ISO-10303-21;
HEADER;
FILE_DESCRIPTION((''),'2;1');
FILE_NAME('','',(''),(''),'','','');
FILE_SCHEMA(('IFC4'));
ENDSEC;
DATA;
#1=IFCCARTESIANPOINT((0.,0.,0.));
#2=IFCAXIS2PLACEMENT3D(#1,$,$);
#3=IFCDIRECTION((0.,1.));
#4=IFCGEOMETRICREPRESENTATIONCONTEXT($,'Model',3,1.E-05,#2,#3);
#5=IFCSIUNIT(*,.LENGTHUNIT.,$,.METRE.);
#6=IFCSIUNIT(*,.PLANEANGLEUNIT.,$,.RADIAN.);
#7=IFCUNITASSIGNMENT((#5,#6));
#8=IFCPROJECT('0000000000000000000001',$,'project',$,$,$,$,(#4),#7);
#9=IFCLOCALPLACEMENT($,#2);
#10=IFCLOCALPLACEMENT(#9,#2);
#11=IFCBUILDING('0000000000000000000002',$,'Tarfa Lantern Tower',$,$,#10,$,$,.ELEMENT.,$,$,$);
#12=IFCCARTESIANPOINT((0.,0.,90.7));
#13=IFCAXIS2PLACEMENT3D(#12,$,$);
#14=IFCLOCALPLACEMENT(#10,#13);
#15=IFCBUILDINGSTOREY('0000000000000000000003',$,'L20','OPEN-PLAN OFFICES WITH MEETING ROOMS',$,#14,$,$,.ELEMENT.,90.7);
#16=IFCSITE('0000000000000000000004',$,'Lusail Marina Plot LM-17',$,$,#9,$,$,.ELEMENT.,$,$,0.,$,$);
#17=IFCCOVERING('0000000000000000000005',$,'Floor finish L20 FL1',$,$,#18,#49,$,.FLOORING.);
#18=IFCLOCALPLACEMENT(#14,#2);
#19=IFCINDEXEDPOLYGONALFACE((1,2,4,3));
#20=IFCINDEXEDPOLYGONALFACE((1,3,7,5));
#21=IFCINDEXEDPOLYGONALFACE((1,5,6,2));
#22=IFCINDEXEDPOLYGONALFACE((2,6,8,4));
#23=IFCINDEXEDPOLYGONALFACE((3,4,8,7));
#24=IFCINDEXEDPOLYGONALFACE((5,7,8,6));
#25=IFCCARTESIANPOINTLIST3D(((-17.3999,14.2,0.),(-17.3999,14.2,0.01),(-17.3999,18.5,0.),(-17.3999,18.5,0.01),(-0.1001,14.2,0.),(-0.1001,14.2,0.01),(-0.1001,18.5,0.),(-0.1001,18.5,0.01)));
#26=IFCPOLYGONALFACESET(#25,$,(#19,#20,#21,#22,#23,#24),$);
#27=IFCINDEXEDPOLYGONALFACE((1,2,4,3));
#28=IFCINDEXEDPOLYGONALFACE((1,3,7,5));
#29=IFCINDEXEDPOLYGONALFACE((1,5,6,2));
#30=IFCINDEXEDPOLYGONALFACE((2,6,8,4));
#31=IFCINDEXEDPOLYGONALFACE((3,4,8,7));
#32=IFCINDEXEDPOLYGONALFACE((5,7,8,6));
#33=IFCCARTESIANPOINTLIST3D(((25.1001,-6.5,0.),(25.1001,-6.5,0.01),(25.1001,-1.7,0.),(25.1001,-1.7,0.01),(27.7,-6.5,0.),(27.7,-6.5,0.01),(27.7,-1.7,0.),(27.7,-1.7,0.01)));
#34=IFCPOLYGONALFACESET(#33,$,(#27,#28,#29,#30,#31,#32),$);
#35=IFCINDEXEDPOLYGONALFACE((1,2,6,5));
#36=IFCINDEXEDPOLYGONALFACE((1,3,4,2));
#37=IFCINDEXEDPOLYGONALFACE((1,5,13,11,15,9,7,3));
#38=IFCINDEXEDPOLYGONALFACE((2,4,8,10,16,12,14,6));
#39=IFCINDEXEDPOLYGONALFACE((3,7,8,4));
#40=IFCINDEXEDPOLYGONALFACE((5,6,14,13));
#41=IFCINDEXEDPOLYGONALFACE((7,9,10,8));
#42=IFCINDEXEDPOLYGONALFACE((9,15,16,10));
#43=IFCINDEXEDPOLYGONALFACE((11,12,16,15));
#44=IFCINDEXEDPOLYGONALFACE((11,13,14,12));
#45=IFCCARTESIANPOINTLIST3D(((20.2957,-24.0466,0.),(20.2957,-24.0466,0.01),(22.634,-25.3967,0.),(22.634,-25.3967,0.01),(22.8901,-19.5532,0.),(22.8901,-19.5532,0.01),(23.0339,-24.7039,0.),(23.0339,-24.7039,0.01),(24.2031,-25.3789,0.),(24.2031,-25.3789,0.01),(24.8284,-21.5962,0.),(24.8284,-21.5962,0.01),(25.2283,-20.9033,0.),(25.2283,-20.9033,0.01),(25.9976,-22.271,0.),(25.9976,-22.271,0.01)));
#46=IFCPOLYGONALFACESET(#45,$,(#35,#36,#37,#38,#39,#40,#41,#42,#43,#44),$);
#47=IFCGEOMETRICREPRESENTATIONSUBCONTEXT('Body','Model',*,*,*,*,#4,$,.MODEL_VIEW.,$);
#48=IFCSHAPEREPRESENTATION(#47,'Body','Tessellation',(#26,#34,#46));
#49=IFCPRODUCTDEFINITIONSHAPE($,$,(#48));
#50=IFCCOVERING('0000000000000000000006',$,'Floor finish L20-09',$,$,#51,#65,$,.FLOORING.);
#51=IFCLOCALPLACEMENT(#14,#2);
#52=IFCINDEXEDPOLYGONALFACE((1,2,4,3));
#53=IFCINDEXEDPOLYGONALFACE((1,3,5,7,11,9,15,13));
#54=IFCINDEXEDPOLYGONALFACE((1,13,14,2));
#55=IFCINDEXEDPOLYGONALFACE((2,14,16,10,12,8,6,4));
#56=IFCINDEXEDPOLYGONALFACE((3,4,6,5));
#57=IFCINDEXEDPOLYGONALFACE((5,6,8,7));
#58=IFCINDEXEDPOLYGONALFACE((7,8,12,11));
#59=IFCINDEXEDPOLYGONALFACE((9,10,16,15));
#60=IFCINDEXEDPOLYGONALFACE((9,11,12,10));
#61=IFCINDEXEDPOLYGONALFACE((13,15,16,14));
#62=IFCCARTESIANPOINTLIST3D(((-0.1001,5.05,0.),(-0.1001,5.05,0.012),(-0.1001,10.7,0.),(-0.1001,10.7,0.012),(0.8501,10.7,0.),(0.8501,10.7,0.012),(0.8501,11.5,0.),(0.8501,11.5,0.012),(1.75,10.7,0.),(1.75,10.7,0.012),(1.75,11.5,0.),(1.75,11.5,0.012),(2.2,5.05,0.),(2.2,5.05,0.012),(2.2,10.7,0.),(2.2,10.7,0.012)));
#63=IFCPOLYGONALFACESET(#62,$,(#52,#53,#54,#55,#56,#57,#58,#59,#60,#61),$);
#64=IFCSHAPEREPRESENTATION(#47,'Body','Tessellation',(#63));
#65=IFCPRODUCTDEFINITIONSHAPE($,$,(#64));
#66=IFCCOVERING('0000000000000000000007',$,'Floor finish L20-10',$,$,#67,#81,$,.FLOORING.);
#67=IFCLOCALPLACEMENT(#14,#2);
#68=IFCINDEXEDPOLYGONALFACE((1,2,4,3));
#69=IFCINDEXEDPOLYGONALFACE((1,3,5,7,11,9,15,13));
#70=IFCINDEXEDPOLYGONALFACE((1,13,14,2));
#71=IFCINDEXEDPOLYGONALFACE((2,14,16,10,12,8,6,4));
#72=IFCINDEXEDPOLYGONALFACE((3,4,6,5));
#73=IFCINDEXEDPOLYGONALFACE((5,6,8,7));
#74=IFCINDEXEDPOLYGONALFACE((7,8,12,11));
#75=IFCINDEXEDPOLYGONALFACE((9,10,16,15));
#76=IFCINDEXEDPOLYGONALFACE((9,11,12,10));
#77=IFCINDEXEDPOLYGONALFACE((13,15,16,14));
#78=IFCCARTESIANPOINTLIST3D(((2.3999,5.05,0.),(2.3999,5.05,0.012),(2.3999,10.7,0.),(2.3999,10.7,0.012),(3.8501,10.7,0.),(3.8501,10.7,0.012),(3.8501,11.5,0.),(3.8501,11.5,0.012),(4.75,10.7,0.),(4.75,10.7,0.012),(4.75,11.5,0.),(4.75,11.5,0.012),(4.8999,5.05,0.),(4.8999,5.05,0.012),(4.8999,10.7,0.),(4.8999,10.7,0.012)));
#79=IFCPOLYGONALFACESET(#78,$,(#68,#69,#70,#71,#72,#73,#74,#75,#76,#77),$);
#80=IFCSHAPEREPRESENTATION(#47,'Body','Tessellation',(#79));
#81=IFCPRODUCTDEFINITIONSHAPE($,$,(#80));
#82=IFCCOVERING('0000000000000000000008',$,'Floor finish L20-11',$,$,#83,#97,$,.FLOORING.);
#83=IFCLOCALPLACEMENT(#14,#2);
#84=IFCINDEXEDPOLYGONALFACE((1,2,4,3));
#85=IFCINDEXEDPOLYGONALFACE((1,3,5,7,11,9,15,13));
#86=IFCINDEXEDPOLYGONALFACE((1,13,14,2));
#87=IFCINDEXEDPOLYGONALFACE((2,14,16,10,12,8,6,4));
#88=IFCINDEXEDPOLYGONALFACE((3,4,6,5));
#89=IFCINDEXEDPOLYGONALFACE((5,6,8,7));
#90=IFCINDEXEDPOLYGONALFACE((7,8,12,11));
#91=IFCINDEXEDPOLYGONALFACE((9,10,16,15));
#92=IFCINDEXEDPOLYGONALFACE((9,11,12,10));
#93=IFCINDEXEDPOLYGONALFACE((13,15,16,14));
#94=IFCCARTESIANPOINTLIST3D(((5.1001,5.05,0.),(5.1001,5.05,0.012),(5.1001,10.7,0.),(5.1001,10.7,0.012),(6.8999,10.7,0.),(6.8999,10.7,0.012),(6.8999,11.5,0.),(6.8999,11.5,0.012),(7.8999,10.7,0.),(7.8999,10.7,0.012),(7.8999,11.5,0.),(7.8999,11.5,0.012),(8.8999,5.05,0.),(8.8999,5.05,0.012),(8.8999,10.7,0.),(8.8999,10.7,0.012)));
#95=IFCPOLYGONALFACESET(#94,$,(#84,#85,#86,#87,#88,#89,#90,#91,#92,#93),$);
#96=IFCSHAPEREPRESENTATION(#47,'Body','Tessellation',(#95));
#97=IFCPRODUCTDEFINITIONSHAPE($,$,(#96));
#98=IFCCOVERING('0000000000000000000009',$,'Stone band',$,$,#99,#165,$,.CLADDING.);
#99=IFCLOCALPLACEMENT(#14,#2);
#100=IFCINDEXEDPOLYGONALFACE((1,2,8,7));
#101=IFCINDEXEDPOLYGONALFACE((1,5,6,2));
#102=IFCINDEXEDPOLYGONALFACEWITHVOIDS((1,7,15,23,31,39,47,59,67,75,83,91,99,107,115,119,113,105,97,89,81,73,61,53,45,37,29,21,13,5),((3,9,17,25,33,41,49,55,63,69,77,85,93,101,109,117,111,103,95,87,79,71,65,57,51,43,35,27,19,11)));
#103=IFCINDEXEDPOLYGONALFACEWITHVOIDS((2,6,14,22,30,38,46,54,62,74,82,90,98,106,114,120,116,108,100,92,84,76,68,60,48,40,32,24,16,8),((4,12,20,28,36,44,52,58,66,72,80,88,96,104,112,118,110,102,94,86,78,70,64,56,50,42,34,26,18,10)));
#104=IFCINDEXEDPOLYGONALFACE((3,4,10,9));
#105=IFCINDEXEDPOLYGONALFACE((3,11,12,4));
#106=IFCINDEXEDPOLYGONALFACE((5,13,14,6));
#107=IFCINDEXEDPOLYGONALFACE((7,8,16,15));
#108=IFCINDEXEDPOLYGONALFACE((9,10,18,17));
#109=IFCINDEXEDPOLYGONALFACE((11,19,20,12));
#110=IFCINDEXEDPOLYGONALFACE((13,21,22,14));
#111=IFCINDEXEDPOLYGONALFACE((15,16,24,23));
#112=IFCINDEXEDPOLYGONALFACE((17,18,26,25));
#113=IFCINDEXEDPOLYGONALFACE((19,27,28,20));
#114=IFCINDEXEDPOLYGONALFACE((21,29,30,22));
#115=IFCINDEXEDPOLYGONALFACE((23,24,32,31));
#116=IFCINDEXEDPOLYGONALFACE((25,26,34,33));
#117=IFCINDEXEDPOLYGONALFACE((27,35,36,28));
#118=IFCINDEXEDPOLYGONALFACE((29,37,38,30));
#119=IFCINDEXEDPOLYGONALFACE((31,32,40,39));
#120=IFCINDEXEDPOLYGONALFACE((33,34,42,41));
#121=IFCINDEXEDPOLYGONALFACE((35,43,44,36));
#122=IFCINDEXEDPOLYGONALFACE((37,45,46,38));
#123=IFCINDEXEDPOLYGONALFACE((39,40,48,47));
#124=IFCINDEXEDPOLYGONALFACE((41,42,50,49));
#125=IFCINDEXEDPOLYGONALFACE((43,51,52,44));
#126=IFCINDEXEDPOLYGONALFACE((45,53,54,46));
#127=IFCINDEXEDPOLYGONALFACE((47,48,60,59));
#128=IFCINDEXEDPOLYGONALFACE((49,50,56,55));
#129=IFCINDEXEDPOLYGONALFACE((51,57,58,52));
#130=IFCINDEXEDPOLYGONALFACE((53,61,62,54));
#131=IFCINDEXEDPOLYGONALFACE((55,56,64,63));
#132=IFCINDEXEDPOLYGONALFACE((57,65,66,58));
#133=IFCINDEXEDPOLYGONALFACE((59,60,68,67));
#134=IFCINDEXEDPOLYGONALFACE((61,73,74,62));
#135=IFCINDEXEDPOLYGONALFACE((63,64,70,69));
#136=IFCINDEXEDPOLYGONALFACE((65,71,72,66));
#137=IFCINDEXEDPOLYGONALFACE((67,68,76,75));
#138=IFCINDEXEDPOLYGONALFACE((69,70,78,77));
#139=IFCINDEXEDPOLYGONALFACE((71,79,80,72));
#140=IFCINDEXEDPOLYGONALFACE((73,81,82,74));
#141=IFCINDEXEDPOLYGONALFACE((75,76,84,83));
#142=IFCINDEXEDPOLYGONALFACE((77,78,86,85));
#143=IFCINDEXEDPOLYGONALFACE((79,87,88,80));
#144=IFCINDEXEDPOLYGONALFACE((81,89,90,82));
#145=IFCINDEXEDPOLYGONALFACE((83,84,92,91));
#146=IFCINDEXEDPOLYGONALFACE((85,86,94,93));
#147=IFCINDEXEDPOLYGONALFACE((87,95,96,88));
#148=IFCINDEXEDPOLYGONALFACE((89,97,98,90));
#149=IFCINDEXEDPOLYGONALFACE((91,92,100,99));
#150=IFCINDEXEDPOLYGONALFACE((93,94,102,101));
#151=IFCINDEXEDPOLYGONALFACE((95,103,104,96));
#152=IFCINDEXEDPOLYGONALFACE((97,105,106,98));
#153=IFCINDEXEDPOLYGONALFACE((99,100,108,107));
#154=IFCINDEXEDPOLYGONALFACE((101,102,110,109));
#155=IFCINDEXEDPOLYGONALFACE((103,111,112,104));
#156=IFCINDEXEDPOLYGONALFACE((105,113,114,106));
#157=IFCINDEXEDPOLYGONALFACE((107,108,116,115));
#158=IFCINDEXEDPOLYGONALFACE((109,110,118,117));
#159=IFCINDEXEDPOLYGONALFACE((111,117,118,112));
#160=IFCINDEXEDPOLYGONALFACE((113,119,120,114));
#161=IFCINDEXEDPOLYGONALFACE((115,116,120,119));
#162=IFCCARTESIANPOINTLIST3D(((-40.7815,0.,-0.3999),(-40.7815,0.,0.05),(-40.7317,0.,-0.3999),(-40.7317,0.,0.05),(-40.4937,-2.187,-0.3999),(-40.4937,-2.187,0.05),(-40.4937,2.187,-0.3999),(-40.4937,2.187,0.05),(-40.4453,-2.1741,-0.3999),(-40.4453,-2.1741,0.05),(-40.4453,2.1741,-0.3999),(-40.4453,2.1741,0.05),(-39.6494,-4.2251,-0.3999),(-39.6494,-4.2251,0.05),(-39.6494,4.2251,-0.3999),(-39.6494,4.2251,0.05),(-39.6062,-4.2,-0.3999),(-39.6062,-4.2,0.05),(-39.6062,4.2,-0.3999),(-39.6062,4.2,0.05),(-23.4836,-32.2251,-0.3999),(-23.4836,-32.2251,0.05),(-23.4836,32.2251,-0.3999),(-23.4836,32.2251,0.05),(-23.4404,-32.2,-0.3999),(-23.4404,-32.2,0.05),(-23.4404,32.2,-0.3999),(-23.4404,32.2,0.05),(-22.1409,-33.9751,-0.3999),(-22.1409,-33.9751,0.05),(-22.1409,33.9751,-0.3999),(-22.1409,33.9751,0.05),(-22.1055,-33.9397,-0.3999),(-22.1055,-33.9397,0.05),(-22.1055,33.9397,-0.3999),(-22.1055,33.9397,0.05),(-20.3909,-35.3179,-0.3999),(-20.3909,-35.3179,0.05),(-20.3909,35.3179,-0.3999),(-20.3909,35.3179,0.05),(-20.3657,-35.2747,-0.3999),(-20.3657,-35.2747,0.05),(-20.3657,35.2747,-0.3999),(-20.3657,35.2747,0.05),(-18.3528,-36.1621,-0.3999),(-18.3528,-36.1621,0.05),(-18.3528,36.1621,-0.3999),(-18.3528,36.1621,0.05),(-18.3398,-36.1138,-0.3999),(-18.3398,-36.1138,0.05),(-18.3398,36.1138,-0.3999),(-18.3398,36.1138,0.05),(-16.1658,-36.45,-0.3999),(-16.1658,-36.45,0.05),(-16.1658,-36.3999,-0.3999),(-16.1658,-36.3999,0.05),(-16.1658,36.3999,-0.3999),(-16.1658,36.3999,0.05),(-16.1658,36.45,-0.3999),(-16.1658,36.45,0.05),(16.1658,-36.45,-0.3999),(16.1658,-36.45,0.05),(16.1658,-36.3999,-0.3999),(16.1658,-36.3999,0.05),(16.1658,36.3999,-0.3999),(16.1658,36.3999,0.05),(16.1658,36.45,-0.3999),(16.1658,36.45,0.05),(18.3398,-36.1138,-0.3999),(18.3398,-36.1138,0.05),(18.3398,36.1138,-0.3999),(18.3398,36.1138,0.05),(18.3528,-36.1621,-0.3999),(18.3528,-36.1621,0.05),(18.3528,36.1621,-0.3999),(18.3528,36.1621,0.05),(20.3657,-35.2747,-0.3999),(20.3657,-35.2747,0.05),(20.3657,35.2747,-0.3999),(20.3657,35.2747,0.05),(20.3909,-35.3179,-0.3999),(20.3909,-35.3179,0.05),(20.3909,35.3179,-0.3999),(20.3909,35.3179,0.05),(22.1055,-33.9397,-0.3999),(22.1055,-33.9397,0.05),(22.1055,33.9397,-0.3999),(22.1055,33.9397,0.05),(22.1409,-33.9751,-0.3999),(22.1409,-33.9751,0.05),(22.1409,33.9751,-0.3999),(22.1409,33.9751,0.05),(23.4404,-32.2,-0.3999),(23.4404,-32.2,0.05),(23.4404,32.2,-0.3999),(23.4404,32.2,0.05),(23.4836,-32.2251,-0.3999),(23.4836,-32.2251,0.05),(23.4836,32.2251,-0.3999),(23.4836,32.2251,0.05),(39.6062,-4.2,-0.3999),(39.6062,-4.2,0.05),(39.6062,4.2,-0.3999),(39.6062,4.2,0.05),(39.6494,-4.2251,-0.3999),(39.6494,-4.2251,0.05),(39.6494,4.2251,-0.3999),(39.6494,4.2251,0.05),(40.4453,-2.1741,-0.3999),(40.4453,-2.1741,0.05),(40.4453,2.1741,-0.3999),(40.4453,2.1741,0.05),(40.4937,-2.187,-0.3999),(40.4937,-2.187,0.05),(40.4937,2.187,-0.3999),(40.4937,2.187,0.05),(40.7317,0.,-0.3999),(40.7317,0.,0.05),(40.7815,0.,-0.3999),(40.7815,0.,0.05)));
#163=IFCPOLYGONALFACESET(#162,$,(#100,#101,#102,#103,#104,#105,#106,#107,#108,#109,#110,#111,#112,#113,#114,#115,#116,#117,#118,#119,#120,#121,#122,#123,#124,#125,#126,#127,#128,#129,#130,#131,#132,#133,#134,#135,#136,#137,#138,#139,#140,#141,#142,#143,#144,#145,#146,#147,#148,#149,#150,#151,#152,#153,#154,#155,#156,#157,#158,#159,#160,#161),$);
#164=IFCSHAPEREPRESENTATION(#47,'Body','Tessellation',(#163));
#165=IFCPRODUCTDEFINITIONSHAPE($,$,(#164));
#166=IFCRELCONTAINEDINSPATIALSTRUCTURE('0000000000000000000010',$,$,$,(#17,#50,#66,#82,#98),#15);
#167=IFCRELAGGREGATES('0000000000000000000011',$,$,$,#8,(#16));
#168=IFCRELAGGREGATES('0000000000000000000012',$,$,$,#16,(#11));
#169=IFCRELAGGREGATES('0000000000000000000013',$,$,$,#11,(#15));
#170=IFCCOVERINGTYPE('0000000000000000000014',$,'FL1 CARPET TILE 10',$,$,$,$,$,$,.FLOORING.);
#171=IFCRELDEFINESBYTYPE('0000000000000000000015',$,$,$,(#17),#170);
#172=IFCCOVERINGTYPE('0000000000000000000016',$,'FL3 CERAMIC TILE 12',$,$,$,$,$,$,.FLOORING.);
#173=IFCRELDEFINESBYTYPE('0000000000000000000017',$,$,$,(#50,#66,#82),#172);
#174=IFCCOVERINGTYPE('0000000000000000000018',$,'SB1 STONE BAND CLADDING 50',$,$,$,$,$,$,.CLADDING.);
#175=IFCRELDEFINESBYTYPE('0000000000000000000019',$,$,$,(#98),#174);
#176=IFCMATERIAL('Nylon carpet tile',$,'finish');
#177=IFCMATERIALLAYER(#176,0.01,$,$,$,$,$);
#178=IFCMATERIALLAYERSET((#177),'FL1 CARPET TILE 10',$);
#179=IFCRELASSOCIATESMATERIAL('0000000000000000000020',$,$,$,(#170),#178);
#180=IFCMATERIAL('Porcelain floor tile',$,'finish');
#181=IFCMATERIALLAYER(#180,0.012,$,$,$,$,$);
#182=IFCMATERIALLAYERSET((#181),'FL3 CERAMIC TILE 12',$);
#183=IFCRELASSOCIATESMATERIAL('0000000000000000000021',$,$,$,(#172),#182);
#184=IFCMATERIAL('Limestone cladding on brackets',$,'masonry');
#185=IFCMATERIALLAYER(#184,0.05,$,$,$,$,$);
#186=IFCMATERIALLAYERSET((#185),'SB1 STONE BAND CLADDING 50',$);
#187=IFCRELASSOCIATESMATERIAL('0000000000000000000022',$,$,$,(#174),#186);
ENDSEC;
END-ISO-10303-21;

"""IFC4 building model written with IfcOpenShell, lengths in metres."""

from ifc_helpers import new_model, si_unit, direction, frame, origin, place, context, subcontext, project, spatial, polyline, outline, extrude, material, layer, layer_set, type_object, element, save


model = new_model("IFC4")

# Units and contexts
model_context = context("Model", 3, precision=1e-05, world=origin(), true_north=direction((0.0, 1.0)))
body_context = subcontext(model_context, "Body", "Model", "MODEL_VIEW")
ifc_project = project(units=[si_unit("LENGTHUNIT", "METRE"), si_unit("PLANEANGLEUNIT", "RADIAN")], contexts=[model_context])

# Site, building, storey
site_placement = place(None, origin())
site = spatial("IfcSite", under=ifc_project, at=site_placement, Name="Lusail Marina Plot LM-17", CompositionType="ELEMENT", RefElevation=0.0)
building_placement = place(site_placement, origin())
building = spatial("IfcBuilding", under=site, at=building_placement, Name="Tarfa Lantern Tower", CompositionType="ELEMENT")
storey_placement = place(building_placement, frame((0.0, 0.0, 90.7)))
storey = spatial("IfcBuildingStorey", under=building, at=storey_placement, Name="L20", Description="OPEN-PLAN OFFICES WITH MEETING ROOMS", CompositionType="ELEMENT", Elevation=90.7)

# Coverings
ifc_material_1 = material(Name="Nylon carpet tile", Category="finish")
ifc_layer_1 = layer(ifc_material_1, 0.01)
ifc_layer_set_1 = layer_set([ifc_layer_1], Name="FL1 CARPET TILE 10")
covering_type_1 = type_object("IfcCoveringType", Name="FL1 CARPET TILE 10", PredefinedType="FLOORING", material=ifc_layer_set_1)
covering_1_placement = place(storey_placement, origin())
element("IfcCovering", 1, at=covering_1_placement, inside=storey, type_object=covering_type_1, Name="Floor finish L20 FL1", PredefinedType="FLOORING", context=body_context, shape_type="SweptSolid", body=[
    extrude(outline(polyline([(-17.3999, 18.5), (-0.1001, 18.5), (-0.1001, 14.2), (-17.3999, 14.2), (-17.3999, 18.5)])), origin(), (0.0, 0.0, 1.0), 0.01),
    extrude(outline(polyline([(25.1001, -1.7), (27.7, -1.7), (27.7, -6.5), (25.1001, -6.5), (25.1001, -1.7)])), origin(), (0.0, 0.0, 1.0), 0.01),
    extrude(outline(polyline([(22.8901, -19.5532), (25.2283, -20.9033), (24.8284, -21.5962), (25.9976, -22.271), (24.2031, -25.3789), (23.0339, -24.7039), (22.634, -25.3967), (20.2957, -24.0466), (22.8901, -19.5532)])), origin(), (0.0, 0.0, 1.0), 0.01),
])
ifc_material_2 = material(Name="Porcelain floor tile", Category="finish")
ifc_layer_2 = layer(ifc_material_2, 0.012)
ifc_layer_set_2 = layer_set([ifc_layer_2], Name="FL3 CERAMIC TILE 12")
covering_type_2 = type_object("IfcCoveringType", Name="FL3 CERAMIC TILE 12", PredefinedType="FLOORING", material=ifc_layer_set_2)
covering_2_placement = place(storey_placement, origin())
element("IfcCovering", 2, at=covering_2_placement, inside=storey, type_object=covering_type_2, Name="Floor finish L20-09", PredefinedType="FLOORING", context=body_context, shape_type="SweptSolid", body=[
    extrude(outline(polyline([(0.8501, 10.7), (-0.1001, 10.7), (-0.1001, 5.05), (2.2, 5.05), (2.2, 10.7), (1.75, 10.7), (1.75, 11.5), (0.8501, 11.5), (0.8501, 10.7)])), origin(), (0.0, 0.0, 1.0), 0.012),
])
covering_3_placement = place(storey_placement, origin())
element("IfcCovering", 3, at=covering_3_placement, inside=storey, type_object=covering_type_2, Name="Floor finish L20-10", PredefinedType="FLOORING", context=body_context, shape_type="SweptSolid", body=[
    extrude(outline(polyline([(2.3999, 5.05), (4.8999, 5.05), (4.8999, 10.7), (4.75, 10.7), (4.75, 11.5), (3.8501, 11.5), (3.8501, 10.7), (2.3999, 10.7), (2.3999, 5.05)])), origin(), (0.0, 0.0, 1.0), 0.012),
])
covering_4_placement = place(storey_placement, origin())
element("IfcCovering", 4, at=covering_4_placement, inside=storey, type_object=covering_type_2, Name="Floor finish L20-11", PredefinedType="FLOORING", context=body_context, shape_type="SweptSolid", body=[
    extrude(outline(polyline([(5.1001, 5.05), (8.8999, 5.05), (8.8999, 10.7), (7.8999, 10.7), (7.8999, 11.5), (6.8999, 11.5), (6.8999, 10.7), (5.1001, 10.7), (5.1001, 5.05)])), origin(), (0.0, 0.0, 1.0), 0.012),
])
ifc_material_3 = material(Name="Limestone cladding on brackets", Category="masonry")
ifc_layer_3 = layer(ifc_material_3, 0.05)
ifc_layer_set_3 = layer_set([ifc_layer_3], Name="SB1 STONE BAND CLADDING 50")
covering_type_3 = type_object("IfcCoveringType", Name="SB1 STONE BAND CLADDING 50", PredefinedType="CLADDING", material=ifc_layer_set_3)
covering_5_placement = place(storey_placement, frame((0.0, 0.0, -0.3999)))
element("IfcCovering", 5, at=covering_5_placement, inside=storey, type_object=covering_type_3, Name="Stone band", PredefinedType="CLADDING", context=body_context, shape_type="SweptSolid", body=[
    extrude(outline(polyline([(39.6494, 4.2251), (23.4836, 32.2251), (22.1409, 33.9751), (20.3909, 35.3179), (18.3528, 36.1621), (16.1658, 36.45), (-16.1658, 36.45), (-18.3528, 36.1621), (-20.3909, 35.3179), (-22.1409, 33.9751), (-23.4836, 32.2251), (-39.6494, 4.2251), (-40.4937, 2.187), (-40.7815, 0.0), (-40.4937, -2.187), (-39.6494, -4.2251), (-23.4836, -32.2251), (-22.1409, -33.9751), (-20.3909, -35.3179), (-18.3528, -36.1621), (-16.1658, -36.45), (16.1658, -36.45), (18.3528, -36.1621), (20.3909, -35.3179), (22.1409, -33.9751), (23.4836, -32.2251), (39.6494, -4.2251), (40.4937, -2.187), (40.7815, 0.0), (40.4937, 2.187), (39.6494, 4.2251)]), holes=[polyline([(39.6062, 4.2), (23.4404, 32.2), (22.1055, 33.9397), (20.3657, 35.2747), (18.3398, 36.1138), (16.1658, 36.3999), (-16.1658, 36.3999), (-18.3398, 36.1138), (-20.3657, 35.2747), (-22.1055, 33.9397), (-23.4404, 32.2), (-39.6062, 4.2), (-40.4453, 2.1741), (-40.7317, 0.0), (-40.4453, -2.1741), (-39.6062, -4.2), (-23.4404, -32.2), (-22.1055, -33.9397), (-20.3657, -35.2747), (-18.3398, -36.1138), (-16.1658, -36.3999), (16.1658, -36.3999), (18.3398, -36.1138), (20.3657, -35.2747), (22.1055, -33.9397), (23.4404, -32.2), (39.6062, -4.2), (40.4453, -2.1741), (40.7317, 0.0), (40.4453, 2.1741), (39.6062, 4.2)])]), origin(), (0.0, 0.0, 1.0), 0.45),
])

save(model, "model.ifc")
